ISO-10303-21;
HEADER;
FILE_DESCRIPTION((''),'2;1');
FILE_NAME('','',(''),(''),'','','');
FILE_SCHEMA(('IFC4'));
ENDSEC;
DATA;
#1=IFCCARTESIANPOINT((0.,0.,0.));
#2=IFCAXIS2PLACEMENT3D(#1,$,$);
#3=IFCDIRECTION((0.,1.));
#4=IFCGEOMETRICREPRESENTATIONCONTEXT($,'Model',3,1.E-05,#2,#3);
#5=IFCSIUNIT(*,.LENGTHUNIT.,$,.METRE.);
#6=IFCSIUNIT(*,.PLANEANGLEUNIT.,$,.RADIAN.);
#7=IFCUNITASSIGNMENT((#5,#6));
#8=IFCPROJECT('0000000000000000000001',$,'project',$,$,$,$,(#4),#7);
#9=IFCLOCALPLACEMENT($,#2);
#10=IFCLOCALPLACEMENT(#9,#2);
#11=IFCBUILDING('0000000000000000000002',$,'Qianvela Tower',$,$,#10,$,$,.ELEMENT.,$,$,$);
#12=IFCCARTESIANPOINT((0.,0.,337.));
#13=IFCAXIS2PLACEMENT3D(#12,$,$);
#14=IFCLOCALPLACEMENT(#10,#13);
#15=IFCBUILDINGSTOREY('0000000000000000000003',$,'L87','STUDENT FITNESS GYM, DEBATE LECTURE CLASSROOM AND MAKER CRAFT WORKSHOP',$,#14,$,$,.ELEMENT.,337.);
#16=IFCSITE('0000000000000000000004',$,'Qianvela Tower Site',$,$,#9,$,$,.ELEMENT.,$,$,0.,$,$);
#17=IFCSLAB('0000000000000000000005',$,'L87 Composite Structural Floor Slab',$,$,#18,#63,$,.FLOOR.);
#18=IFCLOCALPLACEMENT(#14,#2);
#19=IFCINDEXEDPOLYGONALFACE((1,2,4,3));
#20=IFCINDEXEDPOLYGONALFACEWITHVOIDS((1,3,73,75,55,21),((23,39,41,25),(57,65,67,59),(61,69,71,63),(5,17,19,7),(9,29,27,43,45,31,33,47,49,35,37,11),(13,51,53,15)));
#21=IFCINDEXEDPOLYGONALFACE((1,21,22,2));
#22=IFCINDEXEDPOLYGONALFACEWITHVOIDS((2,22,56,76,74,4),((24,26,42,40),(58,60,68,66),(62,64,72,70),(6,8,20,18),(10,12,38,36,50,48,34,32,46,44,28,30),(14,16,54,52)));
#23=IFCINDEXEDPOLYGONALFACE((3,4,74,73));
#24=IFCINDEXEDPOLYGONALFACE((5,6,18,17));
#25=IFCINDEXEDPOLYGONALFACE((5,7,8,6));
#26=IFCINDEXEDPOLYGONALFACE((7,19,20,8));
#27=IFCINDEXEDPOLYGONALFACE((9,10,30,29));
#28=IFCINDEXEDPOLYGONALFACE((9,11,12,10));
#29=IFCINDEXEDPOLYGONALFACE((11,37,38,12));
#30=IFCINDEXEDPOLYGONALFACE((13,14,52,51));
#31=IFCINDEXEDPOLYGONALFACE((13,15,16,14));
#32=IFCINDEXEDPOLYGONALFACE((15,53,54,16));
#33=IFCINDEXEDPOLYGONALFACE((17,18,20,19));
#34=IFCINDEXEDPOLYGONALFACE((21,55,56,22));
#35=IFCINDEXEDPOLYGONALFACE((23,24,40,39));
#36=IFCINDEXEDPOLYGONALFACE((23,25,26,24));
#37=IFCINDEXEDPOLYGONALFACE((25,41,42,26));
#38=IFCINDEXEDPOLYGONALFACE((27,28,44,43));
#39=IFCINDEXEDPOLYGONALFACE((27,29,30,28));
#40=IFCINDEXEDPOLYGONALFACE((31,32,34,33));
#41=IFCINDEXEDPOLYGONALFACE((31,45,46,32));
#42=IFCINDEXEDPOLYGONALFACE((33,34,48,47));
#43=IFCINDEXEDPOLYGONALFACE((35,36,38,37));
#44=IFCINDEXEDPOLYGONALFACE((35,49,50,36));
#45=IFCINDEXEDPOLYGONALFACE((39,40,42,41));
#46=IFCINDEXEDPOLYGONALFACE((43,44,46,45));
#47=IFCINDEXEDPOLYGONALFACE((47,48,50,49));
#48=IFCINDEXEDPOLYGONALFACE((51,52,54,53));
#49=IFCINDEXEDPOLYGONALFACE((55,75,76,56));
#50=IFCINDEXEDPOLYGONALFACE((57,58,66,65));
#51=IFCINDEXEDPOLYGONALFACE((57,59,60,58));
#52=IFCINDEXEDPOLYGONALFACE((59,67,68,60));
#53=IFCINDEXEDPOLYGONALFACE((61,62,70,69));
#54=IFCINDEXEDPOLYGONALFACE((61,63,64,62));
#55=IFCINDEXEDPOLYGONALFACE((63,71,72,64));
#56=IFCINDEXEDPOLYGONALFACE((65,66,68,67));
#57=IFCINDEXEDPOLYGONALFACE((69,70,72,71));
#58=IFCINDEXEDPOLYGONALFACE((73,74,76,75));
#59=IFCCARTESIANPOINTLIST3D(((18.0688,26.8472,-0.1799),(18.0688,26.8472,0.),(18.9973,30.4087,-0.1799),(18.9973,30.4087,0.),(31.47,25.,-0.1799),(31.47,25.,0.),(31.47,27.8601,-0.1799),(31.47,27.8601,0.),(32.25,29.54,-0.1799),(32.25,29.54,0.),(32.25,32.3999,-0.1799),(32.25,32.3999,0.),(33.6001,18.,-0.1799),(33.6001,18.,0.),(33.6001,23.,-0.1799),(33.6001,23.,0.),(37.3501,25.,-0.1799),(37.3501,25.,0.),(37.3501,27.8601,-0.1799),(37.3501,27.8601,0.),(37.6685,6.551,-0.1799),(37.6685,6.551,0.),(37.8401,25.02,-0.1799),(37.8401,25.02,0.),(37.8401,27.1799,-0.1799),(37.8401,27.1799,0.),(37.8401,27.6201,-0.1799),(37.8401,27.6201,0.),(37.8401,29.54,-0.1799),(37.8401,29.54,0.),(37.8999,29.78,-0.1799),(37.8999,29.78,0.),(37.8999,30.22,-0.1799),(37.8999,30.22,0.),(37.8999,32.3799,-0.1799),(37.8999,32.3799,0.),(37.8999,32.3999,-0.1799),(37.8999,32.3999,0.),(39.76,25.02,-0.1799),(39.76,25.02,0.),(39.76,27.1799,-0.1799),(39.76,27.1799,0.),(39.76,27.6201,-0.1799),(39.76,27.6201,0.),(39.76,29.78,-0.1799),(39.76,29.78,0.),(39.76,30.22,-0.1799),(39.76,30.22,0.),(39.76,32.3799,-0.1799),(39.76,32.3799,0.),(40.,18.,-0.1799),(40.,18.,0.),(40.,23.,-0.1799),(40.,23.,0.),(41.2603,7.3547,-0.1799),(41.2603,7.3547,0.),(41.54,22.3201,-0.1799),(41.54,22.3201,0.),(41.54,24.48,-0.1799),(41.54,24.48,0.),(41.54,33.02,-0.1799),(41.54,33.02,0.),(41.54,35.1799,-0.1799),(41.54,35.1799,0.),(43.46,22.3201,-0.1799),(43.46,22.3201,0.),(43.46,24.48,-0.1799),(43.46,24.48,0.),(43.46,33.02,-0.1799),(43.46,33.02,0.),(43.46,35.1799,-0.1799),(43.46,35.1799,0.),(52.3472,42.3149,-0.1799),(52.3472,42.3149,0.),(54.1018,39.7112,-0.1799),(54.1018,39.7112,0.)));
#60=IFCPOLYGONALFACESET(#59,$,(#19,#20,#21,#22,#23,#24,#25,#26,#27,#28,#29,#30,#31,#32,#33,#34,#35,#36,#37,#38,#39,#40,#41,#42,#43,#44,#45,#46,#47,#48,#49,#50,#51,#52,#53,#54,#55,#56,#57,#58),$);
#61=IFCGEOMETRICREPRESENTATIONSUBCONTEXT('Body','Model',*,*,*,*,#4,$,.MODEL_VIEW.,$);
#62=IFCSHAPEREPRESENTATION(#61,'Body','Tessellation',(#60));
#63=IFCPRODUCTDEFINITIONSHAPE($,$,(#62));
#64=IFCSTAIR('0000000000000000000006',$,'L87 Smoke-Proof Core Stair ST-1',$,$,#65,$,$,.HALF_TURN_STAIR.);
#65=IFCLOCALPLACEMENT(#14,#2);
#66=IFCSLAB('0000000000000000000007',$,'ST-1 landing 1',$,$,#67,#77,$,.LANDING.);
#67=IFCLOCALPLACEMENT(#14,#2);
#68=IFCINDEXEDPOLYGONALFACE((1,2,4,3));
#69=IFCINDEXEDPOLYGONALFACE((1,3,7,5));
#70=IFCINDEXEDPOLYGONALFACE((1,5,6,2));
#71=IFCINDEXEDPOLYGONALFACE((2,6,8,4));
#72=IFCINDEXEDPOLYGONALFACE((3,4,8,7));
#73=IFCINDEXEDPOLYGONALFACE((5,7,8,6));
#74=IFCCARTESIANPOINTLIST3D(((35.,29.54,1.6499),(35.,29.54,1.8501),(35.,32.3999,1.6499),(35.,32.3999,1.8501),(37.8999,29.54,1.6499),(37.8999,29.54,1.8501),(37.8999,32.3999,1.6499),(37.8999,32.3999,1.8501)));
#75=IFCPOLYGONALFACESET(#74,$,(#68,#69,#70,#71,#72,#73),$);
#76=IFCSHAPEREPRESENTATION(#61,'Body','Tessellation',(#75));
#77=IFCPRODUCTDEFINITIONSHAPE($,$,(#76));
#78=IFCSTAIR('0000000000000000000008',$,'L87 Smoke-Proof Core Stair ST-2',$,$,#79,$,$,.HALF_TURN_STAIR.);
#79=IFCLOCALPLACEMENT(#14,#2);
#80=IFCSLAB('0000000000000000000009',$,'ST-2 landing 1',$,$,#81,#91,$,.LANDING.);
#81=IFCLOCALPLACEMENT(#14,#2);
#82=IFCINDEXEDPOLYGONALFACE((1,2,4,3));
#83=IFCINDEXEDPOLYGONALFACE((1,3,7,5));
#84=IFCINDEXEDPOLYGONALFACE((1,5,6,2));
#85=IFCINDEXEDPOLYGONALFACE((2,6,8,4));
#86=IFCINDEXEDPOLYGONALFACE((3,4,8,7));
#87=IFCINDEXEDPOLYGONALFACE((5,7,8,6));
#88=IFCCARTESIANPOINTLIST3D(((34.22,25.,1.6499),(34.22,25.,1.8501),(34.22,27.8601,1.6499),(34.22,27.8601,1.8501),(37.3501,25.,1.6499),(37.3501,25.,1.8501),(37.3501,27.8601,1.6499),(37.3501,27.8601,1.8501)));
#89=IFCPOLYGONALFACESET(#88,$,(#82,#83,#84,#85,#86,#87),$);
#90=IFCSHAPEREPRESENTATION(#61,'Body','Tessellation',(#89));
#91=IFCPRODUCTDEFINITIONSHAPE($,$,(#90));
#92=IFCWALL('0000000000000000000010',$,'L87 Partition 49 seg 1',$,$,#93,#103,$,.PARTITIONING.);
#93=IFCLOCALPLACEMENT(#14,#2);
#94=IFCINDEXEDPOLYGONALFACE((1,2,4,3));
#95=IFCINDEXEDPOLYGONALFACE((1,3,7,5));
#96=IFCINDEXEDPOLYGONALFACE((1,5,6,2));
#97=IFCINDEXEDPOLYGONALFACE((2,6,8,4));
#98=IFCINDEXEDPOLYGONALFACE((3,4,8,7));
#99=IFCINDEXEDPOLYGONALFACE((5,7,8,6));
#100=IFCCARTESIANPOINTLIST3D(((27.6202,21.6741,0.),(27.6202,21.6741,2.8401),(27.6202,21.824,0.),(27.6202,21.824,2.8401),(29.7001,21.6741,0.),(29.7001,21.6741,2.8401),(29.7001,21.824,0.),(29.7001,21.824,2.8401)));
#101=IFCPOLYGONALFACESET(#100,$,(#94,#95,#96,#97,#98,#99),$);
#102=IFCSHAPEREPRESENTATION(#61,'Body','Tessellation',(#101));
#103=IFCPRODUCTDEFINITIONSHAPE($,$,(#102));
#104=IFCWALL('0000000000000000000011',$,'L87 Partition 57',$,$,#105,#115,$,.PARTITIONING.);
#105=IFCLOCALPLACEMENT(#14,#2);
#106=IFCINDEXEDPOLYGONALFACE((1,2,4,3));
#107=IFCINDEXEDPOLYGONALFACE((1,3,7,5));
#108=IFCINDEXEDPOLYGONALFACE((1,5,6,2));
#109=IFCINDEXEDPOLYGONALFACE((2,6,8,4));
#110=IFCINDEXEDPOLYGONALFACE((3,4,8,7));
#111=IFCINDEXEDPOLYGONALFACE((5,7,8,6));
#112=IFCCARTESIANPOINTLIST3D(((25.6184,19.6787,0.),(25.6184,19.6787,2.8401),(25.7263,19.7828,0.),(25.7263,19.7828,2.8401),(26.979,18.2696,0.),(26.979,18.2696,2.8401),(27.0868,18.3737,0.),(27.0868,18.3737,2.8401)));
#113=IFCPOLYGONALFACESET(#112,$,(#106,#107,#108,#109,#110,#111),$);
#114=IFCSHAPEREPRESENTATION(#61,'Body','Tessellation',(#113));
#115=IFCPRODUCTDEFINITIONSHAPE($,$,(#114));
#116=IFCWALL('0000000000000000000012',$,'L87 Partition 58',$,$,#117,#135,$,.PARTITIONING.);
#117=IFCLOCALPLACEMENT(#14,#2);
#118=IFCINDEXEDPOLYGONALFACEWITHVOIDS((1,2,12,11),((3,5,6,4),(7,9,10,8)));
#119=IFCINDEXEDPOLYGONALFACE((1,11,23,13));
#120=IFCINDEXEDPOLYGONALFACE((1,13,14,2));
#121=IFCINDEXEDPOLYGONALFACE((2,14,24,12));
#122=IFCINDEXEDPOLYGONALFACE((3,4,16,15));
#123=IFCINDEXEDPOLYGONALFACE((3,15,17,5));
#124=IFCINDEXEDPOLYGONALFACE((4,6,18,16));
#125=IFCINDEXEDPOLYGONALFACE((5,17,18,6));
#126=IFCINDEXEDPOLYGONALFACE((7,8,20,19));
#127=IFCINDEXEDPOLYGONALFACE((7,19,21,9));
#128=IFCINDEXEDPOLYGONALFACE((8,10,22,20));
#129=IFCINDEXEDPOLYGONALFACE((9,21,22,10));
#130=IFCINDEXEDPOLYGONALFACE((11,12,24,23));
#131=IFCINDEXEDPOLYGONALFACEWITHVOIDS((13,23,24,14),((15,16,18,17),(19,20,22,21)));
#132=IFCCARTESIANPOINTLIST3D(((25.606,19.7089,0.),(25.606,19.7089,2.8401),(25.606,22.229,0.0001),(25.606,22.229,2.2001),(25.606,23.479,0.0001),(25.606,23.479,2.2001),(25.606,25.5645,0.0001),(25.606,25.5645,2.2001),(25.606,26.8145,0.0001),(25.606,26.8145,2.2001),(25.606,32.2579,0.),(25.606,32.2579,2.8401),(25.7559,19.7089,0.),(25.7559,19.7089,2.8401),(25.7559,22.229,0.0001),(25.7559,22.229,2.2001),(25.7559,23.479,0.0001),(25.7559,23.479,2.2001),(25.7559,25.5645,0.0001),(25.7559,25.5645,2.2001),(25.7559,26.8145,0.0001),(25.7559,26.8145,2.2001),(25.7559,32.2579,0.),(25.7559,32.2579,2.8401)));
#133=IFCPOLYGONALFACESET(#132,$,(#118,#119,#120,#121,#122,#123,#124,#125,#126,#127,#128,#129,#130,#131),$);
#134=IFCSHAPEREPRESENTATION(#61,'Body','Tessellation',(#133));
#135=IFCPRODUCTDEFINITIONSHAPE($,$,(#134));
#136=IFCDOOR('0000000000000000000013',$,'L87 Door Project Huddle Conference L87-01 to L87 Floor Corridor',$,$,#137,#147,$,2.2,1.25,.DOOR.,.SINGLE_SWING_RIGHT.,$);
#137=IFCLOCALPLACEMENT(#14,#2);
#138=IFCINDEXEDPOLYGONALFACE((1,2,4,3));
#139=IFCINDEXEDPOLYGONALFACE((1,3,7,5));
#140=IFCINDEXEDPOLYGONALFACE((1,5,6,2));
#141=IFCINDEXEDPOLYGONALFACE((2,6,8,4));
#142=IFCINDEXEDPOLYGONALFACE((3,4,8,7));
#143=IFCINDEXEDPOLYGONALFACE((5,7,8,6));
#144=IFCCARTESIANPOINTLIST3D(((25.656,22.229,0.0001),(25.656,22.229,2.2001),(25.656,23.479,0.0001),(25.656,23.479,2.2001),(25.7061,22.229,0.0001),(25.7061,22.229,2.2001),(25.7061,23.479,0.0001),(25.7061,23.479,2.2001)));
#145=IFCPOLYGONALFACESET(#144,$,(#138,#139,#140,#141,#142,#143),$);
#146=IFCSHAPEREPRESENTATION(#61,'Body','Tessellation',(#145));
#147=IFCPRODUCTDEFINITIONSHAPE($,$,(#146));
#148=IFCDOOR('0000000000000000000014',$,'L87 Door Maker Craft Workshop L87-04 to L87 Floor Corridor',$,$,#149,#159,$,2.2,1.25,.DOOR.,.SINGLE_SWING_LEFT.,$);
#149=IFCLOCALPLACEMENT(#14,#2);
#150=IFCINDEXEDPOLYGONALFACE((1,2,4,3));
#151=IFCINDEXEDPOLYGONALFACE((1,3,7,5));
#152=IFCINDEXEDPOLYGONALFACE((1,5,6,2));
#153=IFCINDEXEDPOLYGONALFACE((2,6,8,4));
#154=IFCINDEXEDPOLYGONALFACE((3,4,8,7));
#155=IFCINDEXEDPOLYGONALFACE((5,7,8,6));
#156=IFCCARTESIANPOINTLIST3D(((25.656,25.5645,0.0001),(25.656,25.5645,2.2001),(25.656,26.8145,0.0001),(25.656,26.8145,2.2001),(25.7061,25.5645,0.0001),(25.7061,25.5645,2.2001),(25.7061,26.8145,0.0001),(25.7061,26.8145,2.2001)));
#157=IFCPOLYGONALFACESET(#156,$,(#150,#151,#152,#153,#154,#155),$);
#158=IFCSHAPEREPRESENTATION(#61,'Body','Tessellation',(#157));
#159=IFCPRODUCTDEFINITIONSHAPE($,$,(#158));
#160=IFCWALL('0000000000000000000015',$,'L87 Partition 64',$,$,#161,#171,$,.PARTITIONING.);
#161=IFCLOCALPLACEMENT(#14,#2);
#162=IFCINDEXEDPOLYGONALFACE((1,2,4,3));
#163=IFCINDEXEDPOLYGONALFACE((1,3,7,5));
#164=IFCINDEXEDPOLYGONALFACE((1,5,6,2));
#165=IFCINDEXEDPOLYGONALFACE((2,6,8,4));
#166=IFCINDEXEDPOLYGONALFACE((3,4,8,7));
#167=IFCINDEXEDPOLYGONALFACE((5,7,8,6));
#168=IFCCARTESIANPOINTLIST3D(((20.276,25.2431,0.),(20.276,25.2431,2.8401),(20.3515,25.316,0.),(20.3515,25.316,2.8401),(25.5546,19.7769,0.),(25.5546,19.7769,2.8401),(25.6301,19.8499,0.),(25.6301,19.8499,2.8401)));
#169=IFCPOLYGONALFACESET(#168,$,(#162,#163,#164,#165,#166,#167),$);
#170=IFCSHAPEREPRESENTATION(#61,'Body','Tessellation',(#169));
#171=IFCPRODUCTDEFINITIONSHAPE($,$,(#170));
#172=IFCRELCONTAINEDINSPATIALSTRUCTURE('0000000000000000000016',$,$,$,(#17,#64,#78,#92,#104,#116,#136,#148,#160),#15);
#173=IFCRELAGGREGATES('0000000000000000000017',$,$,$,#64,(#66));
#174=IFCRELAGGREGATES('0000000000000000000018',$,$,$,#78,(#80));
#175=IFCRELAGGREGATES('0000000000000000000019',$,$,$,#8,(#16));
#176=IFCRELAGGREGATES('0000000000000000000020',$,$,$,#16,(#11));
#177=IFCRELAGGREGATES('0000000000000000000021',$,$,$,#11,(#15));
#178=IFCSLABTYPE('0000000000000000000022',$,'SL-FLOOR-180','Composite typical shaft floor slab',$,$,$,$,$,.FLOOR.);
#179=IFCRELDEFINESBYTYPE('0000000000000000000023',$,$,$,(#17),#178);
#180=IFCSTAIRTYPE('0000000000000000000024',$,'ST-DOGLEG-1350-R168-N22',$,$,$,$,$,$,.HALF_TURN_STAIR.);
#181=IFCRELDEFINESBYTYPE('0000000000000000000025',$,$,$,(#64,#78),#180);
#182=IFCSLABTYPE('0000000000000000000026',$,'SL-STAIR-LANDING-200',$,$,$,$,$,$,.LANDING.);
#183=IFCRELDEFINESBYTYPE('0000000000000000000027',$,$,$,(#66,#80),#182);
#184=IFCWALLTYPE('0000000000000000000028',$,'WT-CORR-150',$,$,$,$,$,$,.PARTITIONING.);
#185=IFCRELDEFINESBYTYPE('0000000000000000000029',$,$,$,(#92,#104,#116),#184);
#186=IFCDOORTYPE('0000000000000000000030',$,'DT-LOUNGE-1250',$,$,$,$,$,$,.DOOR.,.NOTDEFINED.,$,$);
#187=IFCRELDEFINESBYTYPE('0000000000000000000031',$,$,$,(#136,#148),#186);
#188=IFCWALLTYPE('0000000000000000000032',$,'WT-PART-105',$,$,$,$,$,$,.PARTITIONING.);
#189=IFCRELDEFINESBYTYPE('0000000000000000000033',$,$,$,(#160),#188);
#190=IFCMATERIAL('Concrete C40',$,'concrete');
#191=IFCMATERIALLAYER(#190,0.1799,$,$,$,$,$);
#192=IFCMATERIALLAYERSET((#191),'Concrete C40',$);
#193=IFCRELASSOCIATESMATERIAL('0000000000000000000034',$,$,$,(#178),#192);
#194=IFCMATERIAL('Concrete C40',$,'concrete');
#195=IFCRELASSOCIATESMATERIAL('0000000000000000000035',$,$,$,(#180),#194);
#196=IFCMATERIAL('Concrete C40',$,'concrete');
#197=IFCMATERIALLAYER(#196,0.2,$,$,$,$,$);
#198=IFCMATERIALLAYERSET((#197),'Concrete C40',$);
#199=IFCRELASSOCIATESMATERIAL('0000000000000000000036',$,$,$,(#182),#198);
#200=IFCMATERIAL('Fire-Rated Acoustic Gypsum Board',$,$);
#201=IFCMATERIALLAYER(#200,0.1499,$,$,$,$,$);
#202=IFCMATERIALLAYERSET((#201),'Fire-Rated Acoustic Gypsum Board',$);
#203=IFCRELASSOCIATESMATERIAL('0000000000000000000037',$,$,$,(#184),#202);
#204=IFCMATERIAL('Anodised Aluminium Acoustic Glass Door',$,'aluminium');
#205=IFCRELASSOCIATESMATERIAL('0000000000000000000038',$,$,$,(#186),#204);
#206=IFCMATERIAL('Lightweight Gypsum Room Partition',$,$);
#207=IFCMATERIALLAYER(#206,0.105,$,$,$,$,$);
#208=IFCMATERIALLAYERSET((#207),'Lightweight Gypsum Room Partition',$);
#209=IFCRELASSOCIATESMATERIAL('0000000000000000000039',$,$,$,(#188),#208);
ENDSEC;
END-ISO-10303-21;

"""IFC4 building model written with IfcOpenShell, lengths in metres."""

from ifc_helpers import new_model, si_unit, direction, frame, frame_2d, origin, place, context, subcontext, project, spatial, polyline, rectangle, outline, extrude, material, layer, layer_set, type_object, element, fill, aggregate, save


model = new_model("IFC4")

# Units and contexts
model_context = context("Model", 3, precision=1e-05, world=origin(), true_north=direction((0.0, 1.0)))
body_context = subcontext(model_context, "Body", "Model", "MODEL_VIEW")
ifc_project = project(units=[si_unit("LENGTHUNIT", "METRE"), si_unit("PLANEANGLEUNIT", "RADIAN")], contexts=[model_context])

# Site, building, storey
site_placement = place(None, origin())
site = spatial("IfcSite", under=ifc_project, at=site_placement, Name="Qianvela Tower Site", CompositionType="ELEMENT", RefElevation=0.0)
building_placement = place(site_placement, origin())
building = spatial("IfcBuilding", under=site, at=building_placement, Name="Qianvela Tower", CompositionType="ELEMENT")
storey_placement = place(building_placement, frame((0.0, 0.0, 337.0)))
storey = spatial("IfcBuildingStorey", under=building, at=storey_placement, Name="L87", Description="STUDENT FITNESS GYM, DEBATE LECTURE CLASSROOM AND MAKER CRAFT WORKSHOP", CompositionType="ELEMENT", Elevation=337.0)

# Slab
ifc_material_1 = material(Name="Concrete C40", Category="concrete")
ifc_layer_1 = layer(ifc_material_1, 0.1799)
ifc_layer_set_1 = layer_set([ifc_layer_1], Name="Concrete C40")
slab_type_1 = type_object("IfcSlabType", Name="SL-FLOOR-180", Description="Composite typical shaft floor slab", PredefinedType="FLOOR", material=ifc_layer_set_1)
slab_1_placement = place(storey_placement, frame((0.0, 0.0, -0.1799)))
element("IfcSlab", 1, at=slab_1_placement, inside=storey, type_object=slab_type_1, Name="L87 Composite Structural Floor Slab", PredefinedType="FLOOR", context=body_context, shape_type="SweptSolid", body=[
    extrude(outline(polyline([(54.1018, 39.7112), (52.3472, 42.3149), (18.9973, 30.4087), (18.0688, 26.8472), (37.6685, 6.551), (41.2603, 7.3547), (54.1018, 39.7112)]), holes=[polyline([(40.0, 23.0), (33.6001, 23.0), (33.6001, 18.0), (40.0, 18.0), (40.0, 23.0)]), polyline([(43.46, 24.48), (41.54, 24.48), (41.54, 22.3201), (43.46, 22.3201), (43.46, 24.48)]), polyline([(39.76, 27.1799), (37.8401, 27.1799), (37.8401, 25.02), (39.76, 25.02), (39.76, 27.1799)]), polyline([(37.3501, 27.8601), (31.47, 27.8601), (31.47, 25.0), (37.3501, 25.0), (37.3501, 27.8601)]), polyline([(39.76, 27.6201), (39.76, 29.78), (37.8999, 29.78), (37.8999, 30.22), (39.76, 30.22), (39.76, 32.3799), (37.8999, 32.3799), (37.8999, 32.3999), (32.25, 32.3999), (32.25, 29.54), (37.8401, 29.54), (37.8401, 27.6201), (39.76, 27.6201)]), polyline([(43.46, 35.1799), (41.54, 35.1799), (41.54, 33.02), (43.46, 33.02), (43.46, 35.1799)])]), origin(), (0.0, 0.0, 1.0), 0.1799),
])

# Stairs, slabs
ifc_material_2 = material(Name="Concrete C40", Category="concrete")
stair_type = type_object("IfcStairType", Name="ST-DOGLEG-1350-R168-N22", PredefinedType="HALF_TURN_STAIR", material=ifc_material_2)
stair_1_placement = place(storey_placement, origin())
stair_1 = element("IfcStair", 2, at=stair_1_placement, inside=storey, type_object=stair_type, Name="L87 Smoke-Proof Core Stair ST-1", PredefinedType="HALF_TURN_STAIR")
ifc_material_3 = material(Name="Concrete C40", Category="concrete")
ifc_layer_2 = layer(ifc_material_3, 0.2)
ifc_layer_set_2 = layer_set([ifc_layer_2], Name="Concrete C40")
slab_type_2 = type_object("IfcSlabType", Name="SL-STAIR-LANDING-200", PredefinedType="LANDING", material=ifc_layer_set_2)
slab_2_placement = place(storey_placement, frame((0.0, 0.0, 1.6499)))
slab_2 = element("IfcSlab", 3, at=slab_2_placement, type_object=slab_type_2, Name="ST-1 landing 1", PredefinedType="LANDING", context=body_context, shape_type="SweptSolid", body=[
    extrude(outline(polyline([(35.0, 29.54), (37.8999, 29.54), (37.8999, 32.3999), (35.0, 32.3999), (35.0, 29.54)])), origin(), (0.0, 0.0, 1.0), 0.2002),
])
aggregate(stair_1, [slab_2])
stair_2_placement = place(storey_placement, origin())
stair_2 = element("IfcStair", 4, at=stair_2_placement, inside=storey, type_object=stair_type, Name="L87 Smoke-Proof Core Stair ST-2", PredefinedType="HALF_TURN_STAIR")
slab_3_placement = place(storey_placement, frame((0.0, 0.0, 1.6499)))
slab_3 = element("IfcSlab", 5, at=slab_3_placement, type_object=slab_type_2, Name="ST-2 landing 1", PredefinedType="LANDING", context=body_context, shape_type="SweptSolid", body=[
    extrude(outline(polyline([(34.22, 25.0), (37.3501, 25.0), (37.3501, 27.8601), (34.22, 27.8601), (34.22, 25.0)])), origin(), (0.0, 0.0, 1.0), 0.2002),
])
aggregate(stair_2, [slab_3])

# Walls
ifc_material_4 = material(Name="Fire-Rated Acoustic Gypsum Board")
ifc_layer_3 = layer(ifc_material_4, 0.1499)
ifc_layer_set_3 = layer_set([ifc_layer_3], Name="Fire-Rated Acoustic Gypsum Board")
wall_type_1 = type_object("IfcWallType", Name="WT-CORR-150", PredefinedType="PARTITIONING", material=ifc_layer_set_3)
wall_1_placement = place(storey_placement, frame((27.6201, 21.749, 0.0), z_axis=(0.0, 0.0, 1.0), x_axis=(1.0, 0.0, 0.0)))
element("IfcWall", 6, at=wall_1_placement, inside=storey, type_object=wall_type_1, Name="L87 Partition 49 seg 1", PredefinedType="PARTITIONING", context=body_context, shape_type="SweptSolid", body=[
    extrude(rectangle(XDim=2.0798, YDim=0.1499, at=frame_2d((1.04, 0.0))), origin(), (0.0, 0.0, 1.0), 2.8401),
])
wall_2_placement = place(storey_placement, frame((27.033, 18.3215, 0.0), z_axis=(0.0, 0.0, 1.0), x_axis=(-0.694597, 0.719399, 0.0)))
element("IfcWall", 7, at=wall_2_placement, inside=storey, type_object=wall_type_1, Name="L87 Partition 57", PredefinedType="PARTITIONING", context=body_context, shape_type="SweptSolid", body=[
    extrude(rectangle(XDim=1.9587, YDim=0.1499, at=frame_2d((0.9795, 0.0))), origin(), (0.0, 0.0, 1.0), 2.8401),
])

# Wall, openings, doors
wall_3_placement = place(storey_placement, frame((25.6809, 19.709, 0.0), z_axis=(0.0, 0.0, 1.0), x_axis=(0.0, 1.0, 0.0)))
wall_3 = element("IfcWall", 8, at=wall_3_placement, inside=storey, type_object=wall_type_1, Name="L87 Partition 58", PredefinedType="PARTITIONING", context=body_context, shape_type="SweptSolid", body=[
    extrude(rectangle(XDim=12.5491, YDim=0.1499, at=frame_2d((6.2744, 0.0))), origin(), (0.0, 0.0, 1.0), 2.8401),
])
opening_1_placement = place(wall_3_placement, frame((2.52, 0.0, 0.0)))
opening_1 = element("IfcOpeningElement", 9, at=opening_1_placement, cuts=wall_3, PredefinedType="OPENING", context=body_context, shape_type="SweptSolid", body=[
    extrude(rectangle(XDim=1.25, YDim=2.2, at=frame_2d((0.625, 1.1001))), frame((0.0, 0.085, 0.0), z_axis=(0.0, -1.0, 0.0), x_axis=(1.0, 0.0, 0.0)), (0.0, 0.0, 1.0), 0.1699),
])
opening_2_placement = place(wall_3_placement, frame((5.8555, 0.0, 0.0)))
opening_2 = element("IfcOpeningElement", 10, at=opening_2_placement, cuts=wall_3, PredefinedType="OPENING", context=body_context, shape_type="SweptSolid", body=[
    extrude(rectangle(XDim=1.25, YDim=2.2, at=frame_2d((0.625, 1.1001))), frame((0.0, 0.085, 0.0), z_axis=(0.0, -1.0, 0.0), x_axis=(1.0, 0.0, 0.0)), (0.0, 0.0, 1.0), 0.1699),
])
ifc_material_5 = material(Name="Anodised Aluminium Acoustic Glass Door", Category="aluminium")
door_type = type_object("IfcDoorType", Name="DT-LOUNGE-1250", OperationType="NOTDEFINED", PredefinedType="DOOR", material=ifc_material_5)
door_1_placement = place(opening_1_placement, origin())
door_1 = element("IfcDoor", 11, at=door_1_placement, inside=storey, type_object=door_type, Name="L87 Door Project Huddle Conference L87-01 to L87 Floor Corridor", OperationType="SINGLE_SWING_RIGHT", OverallHeight=2.2, OverallWidth=1.25, PredefinedType="DOOR", context=body_context, shape_type="SweptSolid", body=[
    extrude(rectangle(XDim=1.25, YDim=2.2, at=frame_2d((0.625, 1.1001))), frame((0.0, 0.0249, 0.0), z_axis=(0.0, -1.0, 0.0), x_axis=(1.0, 0.0, 0.0)), (0.0, 0.0, 1.0), 0.05),
])
fill(opening_1, door_1)
door_2_placement = place(opening_2_placement, origin())
door_2 = element("IfcDoor", 12, at=door_2_placement, inside=storey, type_object=door_type, Name="L87 Door Maker Craft Workshop L87-04 to L87 Floor Corridor", OperationType="SINGLE_SWING_LEFT", OverallHeight=2.2, OverallWidth=1.25, PredefinedType="DOOR", context=body_context, shape_type="SweptSolid", body=[
    extrude(rectangle(XDim=1.25, YDim=2.2, at=frame_2d((0.625, 1.1001))), frame((0.0, 0.0249, 0.0), z_axis=(0.0, -1.0, 0.0), x_axis=(1.0, 0.0, 0.0)), (0.0, 0.0, 1.0), 0.05),
])
fill(opening_2, door_2)

# Wall
ifc_material_6 = material(Name="Lightweight Gypsum Room Partition")
ifc_layer_4 = layer(ifc_material_6, 0.105)
ifc_layer_set_4 = layer_set([ifc_layer_4], Name="Lightweight Gypsum Room Partition")
wall_type_2 = type_object("IfcWallType", Name="WT-PART-105", PredefinedType="PARTITIONING", material=ifc_layer_set_4)
wall_4_placement = place(storey_placement, frame((25.5923, 19.8135, 0.0), z_axis=(0.0, 0.0, 1.0), x_axis=(-0.694662, 0.719337, 0.0)))
element("IfcWall", 13, at=wall_4_placement, inside=storey, type_object=wall_type_2, Name="L87 Partition 64", PredefinedType="PARTITIONING", context=body_context, shape_type="SweptSolid", body=[
    extrude(rectangle(XDim=7.5989, YDim=0.105, at=frame_2d((3.7993, 0.0))), origin(), (0.0, 0.0, 1.0), 2.8401),
])

save(model, "model.ifc")
